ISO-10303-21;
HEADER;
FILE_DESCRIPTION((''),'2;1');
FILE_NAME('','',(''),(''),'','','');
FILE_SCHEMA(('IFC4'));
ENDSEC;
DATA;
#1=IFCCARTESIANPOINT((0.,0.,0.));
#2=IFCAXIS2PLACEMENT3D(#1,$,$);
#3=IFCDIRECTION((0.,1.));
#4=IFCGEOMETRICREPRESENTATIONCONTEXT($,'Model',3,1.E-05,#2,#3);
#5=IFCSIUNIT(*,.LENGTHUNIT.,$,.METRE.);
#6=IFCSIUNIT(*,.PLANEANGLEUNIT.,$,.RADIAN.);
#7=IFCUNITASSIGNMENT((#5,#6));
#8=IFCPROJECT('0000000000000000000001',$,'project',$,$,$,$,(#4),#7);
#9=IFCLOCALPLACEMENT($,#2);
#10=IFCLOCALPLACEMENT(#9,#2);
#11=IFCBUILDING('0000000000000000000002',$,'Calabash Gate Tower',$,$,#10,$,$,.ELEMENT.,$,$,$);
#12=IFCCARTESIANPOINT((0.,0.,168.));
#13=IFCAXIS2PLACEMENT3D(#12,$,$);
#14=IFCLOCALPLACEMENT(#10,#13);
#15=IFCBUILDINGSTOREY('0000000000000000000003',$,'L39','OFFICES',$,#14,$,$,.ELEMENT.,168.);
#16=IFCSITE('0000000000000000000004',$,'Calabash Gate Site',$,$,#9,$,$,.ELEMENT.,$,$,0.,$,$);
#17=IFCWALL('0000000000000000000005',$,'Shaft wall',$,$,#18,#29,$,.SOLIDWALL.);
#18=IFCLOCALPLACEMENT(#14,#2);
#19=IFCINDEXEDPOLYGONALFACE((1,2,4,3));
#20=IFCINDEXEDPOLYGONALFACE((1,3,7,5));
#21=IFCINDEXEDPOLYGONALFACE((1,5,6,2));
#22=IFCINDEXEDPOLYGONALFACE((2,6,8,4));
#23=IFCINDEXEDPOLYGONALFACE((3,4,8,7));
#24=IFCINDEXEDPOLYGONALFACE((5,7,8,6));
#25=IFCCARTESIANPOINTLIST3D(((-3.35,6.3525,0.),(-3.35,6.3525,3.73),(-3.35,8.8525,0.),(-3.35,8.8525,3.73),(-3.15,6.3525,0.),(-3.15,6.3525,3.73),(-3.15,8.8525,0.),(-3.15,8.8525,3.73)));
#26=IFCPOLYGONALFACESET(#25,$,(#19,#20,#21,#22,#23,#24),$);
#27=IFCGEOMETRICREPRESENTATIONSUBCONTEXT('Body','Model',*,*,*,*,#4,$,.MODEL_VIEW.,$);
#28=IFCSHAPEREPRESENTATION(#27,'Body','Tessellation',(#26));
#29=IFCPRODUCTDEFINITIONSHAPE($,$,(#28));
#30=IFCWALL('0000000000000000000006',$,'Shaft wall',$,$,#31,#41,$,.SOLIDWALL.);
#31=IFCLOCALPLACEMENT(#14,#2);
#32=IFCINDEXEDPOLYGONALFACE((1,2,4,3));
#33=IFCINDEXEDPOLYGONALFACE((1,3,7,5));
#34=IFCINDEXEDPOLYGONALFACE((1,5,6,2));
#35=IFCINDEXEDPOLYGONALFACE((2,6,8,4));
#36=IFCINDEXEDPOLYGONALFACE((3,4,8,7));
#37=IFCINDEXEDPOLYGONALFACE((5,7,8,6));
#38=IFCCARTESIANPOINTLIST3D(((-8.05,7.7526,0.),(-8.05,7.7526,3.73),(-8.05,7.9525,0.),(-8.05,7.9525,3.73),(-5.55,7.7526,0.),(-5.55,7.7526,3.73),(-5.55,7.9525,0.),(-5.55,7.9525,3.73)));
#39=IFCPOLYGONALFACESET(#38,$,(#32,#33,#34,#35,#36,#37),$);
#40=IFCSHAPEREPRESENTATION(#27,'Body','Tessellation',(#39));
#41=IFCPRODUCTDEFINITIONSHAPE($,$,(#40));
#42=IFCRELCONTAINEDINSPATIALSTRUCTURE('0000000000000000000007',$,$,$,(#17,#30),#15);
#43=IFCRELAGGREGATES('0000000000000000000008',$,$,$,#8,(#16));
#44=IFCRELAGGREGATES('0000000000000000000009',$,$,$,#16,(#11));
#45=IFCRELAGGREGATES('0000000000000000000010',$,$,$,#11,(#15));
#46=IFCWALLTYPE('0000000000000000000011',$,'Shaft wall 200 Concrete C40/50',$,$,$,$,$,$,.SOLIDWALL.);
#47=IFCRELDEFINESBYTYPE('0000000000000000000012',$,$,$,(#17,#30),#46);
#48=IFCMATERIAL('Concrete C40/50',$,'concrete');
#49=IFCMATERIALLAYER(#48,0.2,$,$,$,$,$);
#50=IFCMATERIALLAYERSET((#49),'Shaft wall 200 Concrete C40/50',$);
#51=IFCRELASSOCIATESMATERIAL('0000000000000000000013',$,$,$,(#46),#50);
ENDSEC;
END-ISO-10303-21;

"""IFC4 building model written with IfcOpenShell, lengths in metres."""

from ifc_helpers import new_model, si_unit, direction, frame, frame_2d, origin, place, context, subcontext, project, spatial, rectangle, extrude, material, layer, layer_set, type_object, element, save


model = new_model("IFC4")

# Units and contexts
model_context = context("Model", 3, precision=1e-05, world=origin(), true_north=direction((0.0, 1.0)))
body_context = subcontext(model_context, "Body", "Model", "MODEL_VIEW")
ifc_project = project(units=[si_unit("LENGTHUNIT", "METRE"), si_unit("PLANEANGLEUNIT", "RADIAN")], contexts=[model_context])

# Site, building, storey
site_placement = place(None, origin())
site = spatial("IfcSite", under=ifc_project, at=site_placement, Name="Calabash Gate Site", CompositionType="ELEMENT", RefElevation=0.0)
building_placement = place(site_placement, origin())
building = spatial("IfcBuilding", under=site, at=building_placement, Name="Calabash Gate Tower", CompositionType="ELEMENT")
storey_placement = place(building_placement, frame((0.0, 0.0, 168.0)))
storey = spatial("IfcBuildingStorey", under=building, at=storey_placement, Name="L39", Description="OFFICES", CompositionType="ELEMENT", Elevation=168.0)

# Walls
ifc_material_1 = material(Name="Concrete C40/50", Category="concrete")
ifc_layer_1 = layer(ifc_material_1, 0.2)
ifc_layer_set_1 = layer_set([ifc_layer_1], Name="Shaft wall 200 Concrete C40/50")
wall_type_1 = type_object("IfcWallType", Name="Shaft wall 200 Concrete C40/50", PredefinedType="SOLIDWALL", material=ifc_layer_set_1)
for number, where, z_axis, x_axis, name in (
    (1, (-3.25, 6.3525, 0.0), (0.0, 0.0, 1.0), (0.0, 1.0, 0.0), "Shaft wall"),
    (2, (-8.05, 7.8525, 0.0), (0.0, 0.0, 1.0), (1.0, 0.0, 0.0), "Shaft wall"),
):
    element("IfcWall", number, at=place(storey_placement, frame(where, z_axis=z_axis, x_axis=x_axis)), inside=storey, type_object=wall_type_1, Name=name, PredefinedType="SOLIDWALL", context=body_context, shape_type="SweptSolid", body=[
        extrude(rectangle(XDim=2.5, YDim=0.2, at=frame_2d((1.25, 0.0))), origin(), (0.0, 0.0, 1.0), 3.73),
    ])

save(model, "model.ifc")
